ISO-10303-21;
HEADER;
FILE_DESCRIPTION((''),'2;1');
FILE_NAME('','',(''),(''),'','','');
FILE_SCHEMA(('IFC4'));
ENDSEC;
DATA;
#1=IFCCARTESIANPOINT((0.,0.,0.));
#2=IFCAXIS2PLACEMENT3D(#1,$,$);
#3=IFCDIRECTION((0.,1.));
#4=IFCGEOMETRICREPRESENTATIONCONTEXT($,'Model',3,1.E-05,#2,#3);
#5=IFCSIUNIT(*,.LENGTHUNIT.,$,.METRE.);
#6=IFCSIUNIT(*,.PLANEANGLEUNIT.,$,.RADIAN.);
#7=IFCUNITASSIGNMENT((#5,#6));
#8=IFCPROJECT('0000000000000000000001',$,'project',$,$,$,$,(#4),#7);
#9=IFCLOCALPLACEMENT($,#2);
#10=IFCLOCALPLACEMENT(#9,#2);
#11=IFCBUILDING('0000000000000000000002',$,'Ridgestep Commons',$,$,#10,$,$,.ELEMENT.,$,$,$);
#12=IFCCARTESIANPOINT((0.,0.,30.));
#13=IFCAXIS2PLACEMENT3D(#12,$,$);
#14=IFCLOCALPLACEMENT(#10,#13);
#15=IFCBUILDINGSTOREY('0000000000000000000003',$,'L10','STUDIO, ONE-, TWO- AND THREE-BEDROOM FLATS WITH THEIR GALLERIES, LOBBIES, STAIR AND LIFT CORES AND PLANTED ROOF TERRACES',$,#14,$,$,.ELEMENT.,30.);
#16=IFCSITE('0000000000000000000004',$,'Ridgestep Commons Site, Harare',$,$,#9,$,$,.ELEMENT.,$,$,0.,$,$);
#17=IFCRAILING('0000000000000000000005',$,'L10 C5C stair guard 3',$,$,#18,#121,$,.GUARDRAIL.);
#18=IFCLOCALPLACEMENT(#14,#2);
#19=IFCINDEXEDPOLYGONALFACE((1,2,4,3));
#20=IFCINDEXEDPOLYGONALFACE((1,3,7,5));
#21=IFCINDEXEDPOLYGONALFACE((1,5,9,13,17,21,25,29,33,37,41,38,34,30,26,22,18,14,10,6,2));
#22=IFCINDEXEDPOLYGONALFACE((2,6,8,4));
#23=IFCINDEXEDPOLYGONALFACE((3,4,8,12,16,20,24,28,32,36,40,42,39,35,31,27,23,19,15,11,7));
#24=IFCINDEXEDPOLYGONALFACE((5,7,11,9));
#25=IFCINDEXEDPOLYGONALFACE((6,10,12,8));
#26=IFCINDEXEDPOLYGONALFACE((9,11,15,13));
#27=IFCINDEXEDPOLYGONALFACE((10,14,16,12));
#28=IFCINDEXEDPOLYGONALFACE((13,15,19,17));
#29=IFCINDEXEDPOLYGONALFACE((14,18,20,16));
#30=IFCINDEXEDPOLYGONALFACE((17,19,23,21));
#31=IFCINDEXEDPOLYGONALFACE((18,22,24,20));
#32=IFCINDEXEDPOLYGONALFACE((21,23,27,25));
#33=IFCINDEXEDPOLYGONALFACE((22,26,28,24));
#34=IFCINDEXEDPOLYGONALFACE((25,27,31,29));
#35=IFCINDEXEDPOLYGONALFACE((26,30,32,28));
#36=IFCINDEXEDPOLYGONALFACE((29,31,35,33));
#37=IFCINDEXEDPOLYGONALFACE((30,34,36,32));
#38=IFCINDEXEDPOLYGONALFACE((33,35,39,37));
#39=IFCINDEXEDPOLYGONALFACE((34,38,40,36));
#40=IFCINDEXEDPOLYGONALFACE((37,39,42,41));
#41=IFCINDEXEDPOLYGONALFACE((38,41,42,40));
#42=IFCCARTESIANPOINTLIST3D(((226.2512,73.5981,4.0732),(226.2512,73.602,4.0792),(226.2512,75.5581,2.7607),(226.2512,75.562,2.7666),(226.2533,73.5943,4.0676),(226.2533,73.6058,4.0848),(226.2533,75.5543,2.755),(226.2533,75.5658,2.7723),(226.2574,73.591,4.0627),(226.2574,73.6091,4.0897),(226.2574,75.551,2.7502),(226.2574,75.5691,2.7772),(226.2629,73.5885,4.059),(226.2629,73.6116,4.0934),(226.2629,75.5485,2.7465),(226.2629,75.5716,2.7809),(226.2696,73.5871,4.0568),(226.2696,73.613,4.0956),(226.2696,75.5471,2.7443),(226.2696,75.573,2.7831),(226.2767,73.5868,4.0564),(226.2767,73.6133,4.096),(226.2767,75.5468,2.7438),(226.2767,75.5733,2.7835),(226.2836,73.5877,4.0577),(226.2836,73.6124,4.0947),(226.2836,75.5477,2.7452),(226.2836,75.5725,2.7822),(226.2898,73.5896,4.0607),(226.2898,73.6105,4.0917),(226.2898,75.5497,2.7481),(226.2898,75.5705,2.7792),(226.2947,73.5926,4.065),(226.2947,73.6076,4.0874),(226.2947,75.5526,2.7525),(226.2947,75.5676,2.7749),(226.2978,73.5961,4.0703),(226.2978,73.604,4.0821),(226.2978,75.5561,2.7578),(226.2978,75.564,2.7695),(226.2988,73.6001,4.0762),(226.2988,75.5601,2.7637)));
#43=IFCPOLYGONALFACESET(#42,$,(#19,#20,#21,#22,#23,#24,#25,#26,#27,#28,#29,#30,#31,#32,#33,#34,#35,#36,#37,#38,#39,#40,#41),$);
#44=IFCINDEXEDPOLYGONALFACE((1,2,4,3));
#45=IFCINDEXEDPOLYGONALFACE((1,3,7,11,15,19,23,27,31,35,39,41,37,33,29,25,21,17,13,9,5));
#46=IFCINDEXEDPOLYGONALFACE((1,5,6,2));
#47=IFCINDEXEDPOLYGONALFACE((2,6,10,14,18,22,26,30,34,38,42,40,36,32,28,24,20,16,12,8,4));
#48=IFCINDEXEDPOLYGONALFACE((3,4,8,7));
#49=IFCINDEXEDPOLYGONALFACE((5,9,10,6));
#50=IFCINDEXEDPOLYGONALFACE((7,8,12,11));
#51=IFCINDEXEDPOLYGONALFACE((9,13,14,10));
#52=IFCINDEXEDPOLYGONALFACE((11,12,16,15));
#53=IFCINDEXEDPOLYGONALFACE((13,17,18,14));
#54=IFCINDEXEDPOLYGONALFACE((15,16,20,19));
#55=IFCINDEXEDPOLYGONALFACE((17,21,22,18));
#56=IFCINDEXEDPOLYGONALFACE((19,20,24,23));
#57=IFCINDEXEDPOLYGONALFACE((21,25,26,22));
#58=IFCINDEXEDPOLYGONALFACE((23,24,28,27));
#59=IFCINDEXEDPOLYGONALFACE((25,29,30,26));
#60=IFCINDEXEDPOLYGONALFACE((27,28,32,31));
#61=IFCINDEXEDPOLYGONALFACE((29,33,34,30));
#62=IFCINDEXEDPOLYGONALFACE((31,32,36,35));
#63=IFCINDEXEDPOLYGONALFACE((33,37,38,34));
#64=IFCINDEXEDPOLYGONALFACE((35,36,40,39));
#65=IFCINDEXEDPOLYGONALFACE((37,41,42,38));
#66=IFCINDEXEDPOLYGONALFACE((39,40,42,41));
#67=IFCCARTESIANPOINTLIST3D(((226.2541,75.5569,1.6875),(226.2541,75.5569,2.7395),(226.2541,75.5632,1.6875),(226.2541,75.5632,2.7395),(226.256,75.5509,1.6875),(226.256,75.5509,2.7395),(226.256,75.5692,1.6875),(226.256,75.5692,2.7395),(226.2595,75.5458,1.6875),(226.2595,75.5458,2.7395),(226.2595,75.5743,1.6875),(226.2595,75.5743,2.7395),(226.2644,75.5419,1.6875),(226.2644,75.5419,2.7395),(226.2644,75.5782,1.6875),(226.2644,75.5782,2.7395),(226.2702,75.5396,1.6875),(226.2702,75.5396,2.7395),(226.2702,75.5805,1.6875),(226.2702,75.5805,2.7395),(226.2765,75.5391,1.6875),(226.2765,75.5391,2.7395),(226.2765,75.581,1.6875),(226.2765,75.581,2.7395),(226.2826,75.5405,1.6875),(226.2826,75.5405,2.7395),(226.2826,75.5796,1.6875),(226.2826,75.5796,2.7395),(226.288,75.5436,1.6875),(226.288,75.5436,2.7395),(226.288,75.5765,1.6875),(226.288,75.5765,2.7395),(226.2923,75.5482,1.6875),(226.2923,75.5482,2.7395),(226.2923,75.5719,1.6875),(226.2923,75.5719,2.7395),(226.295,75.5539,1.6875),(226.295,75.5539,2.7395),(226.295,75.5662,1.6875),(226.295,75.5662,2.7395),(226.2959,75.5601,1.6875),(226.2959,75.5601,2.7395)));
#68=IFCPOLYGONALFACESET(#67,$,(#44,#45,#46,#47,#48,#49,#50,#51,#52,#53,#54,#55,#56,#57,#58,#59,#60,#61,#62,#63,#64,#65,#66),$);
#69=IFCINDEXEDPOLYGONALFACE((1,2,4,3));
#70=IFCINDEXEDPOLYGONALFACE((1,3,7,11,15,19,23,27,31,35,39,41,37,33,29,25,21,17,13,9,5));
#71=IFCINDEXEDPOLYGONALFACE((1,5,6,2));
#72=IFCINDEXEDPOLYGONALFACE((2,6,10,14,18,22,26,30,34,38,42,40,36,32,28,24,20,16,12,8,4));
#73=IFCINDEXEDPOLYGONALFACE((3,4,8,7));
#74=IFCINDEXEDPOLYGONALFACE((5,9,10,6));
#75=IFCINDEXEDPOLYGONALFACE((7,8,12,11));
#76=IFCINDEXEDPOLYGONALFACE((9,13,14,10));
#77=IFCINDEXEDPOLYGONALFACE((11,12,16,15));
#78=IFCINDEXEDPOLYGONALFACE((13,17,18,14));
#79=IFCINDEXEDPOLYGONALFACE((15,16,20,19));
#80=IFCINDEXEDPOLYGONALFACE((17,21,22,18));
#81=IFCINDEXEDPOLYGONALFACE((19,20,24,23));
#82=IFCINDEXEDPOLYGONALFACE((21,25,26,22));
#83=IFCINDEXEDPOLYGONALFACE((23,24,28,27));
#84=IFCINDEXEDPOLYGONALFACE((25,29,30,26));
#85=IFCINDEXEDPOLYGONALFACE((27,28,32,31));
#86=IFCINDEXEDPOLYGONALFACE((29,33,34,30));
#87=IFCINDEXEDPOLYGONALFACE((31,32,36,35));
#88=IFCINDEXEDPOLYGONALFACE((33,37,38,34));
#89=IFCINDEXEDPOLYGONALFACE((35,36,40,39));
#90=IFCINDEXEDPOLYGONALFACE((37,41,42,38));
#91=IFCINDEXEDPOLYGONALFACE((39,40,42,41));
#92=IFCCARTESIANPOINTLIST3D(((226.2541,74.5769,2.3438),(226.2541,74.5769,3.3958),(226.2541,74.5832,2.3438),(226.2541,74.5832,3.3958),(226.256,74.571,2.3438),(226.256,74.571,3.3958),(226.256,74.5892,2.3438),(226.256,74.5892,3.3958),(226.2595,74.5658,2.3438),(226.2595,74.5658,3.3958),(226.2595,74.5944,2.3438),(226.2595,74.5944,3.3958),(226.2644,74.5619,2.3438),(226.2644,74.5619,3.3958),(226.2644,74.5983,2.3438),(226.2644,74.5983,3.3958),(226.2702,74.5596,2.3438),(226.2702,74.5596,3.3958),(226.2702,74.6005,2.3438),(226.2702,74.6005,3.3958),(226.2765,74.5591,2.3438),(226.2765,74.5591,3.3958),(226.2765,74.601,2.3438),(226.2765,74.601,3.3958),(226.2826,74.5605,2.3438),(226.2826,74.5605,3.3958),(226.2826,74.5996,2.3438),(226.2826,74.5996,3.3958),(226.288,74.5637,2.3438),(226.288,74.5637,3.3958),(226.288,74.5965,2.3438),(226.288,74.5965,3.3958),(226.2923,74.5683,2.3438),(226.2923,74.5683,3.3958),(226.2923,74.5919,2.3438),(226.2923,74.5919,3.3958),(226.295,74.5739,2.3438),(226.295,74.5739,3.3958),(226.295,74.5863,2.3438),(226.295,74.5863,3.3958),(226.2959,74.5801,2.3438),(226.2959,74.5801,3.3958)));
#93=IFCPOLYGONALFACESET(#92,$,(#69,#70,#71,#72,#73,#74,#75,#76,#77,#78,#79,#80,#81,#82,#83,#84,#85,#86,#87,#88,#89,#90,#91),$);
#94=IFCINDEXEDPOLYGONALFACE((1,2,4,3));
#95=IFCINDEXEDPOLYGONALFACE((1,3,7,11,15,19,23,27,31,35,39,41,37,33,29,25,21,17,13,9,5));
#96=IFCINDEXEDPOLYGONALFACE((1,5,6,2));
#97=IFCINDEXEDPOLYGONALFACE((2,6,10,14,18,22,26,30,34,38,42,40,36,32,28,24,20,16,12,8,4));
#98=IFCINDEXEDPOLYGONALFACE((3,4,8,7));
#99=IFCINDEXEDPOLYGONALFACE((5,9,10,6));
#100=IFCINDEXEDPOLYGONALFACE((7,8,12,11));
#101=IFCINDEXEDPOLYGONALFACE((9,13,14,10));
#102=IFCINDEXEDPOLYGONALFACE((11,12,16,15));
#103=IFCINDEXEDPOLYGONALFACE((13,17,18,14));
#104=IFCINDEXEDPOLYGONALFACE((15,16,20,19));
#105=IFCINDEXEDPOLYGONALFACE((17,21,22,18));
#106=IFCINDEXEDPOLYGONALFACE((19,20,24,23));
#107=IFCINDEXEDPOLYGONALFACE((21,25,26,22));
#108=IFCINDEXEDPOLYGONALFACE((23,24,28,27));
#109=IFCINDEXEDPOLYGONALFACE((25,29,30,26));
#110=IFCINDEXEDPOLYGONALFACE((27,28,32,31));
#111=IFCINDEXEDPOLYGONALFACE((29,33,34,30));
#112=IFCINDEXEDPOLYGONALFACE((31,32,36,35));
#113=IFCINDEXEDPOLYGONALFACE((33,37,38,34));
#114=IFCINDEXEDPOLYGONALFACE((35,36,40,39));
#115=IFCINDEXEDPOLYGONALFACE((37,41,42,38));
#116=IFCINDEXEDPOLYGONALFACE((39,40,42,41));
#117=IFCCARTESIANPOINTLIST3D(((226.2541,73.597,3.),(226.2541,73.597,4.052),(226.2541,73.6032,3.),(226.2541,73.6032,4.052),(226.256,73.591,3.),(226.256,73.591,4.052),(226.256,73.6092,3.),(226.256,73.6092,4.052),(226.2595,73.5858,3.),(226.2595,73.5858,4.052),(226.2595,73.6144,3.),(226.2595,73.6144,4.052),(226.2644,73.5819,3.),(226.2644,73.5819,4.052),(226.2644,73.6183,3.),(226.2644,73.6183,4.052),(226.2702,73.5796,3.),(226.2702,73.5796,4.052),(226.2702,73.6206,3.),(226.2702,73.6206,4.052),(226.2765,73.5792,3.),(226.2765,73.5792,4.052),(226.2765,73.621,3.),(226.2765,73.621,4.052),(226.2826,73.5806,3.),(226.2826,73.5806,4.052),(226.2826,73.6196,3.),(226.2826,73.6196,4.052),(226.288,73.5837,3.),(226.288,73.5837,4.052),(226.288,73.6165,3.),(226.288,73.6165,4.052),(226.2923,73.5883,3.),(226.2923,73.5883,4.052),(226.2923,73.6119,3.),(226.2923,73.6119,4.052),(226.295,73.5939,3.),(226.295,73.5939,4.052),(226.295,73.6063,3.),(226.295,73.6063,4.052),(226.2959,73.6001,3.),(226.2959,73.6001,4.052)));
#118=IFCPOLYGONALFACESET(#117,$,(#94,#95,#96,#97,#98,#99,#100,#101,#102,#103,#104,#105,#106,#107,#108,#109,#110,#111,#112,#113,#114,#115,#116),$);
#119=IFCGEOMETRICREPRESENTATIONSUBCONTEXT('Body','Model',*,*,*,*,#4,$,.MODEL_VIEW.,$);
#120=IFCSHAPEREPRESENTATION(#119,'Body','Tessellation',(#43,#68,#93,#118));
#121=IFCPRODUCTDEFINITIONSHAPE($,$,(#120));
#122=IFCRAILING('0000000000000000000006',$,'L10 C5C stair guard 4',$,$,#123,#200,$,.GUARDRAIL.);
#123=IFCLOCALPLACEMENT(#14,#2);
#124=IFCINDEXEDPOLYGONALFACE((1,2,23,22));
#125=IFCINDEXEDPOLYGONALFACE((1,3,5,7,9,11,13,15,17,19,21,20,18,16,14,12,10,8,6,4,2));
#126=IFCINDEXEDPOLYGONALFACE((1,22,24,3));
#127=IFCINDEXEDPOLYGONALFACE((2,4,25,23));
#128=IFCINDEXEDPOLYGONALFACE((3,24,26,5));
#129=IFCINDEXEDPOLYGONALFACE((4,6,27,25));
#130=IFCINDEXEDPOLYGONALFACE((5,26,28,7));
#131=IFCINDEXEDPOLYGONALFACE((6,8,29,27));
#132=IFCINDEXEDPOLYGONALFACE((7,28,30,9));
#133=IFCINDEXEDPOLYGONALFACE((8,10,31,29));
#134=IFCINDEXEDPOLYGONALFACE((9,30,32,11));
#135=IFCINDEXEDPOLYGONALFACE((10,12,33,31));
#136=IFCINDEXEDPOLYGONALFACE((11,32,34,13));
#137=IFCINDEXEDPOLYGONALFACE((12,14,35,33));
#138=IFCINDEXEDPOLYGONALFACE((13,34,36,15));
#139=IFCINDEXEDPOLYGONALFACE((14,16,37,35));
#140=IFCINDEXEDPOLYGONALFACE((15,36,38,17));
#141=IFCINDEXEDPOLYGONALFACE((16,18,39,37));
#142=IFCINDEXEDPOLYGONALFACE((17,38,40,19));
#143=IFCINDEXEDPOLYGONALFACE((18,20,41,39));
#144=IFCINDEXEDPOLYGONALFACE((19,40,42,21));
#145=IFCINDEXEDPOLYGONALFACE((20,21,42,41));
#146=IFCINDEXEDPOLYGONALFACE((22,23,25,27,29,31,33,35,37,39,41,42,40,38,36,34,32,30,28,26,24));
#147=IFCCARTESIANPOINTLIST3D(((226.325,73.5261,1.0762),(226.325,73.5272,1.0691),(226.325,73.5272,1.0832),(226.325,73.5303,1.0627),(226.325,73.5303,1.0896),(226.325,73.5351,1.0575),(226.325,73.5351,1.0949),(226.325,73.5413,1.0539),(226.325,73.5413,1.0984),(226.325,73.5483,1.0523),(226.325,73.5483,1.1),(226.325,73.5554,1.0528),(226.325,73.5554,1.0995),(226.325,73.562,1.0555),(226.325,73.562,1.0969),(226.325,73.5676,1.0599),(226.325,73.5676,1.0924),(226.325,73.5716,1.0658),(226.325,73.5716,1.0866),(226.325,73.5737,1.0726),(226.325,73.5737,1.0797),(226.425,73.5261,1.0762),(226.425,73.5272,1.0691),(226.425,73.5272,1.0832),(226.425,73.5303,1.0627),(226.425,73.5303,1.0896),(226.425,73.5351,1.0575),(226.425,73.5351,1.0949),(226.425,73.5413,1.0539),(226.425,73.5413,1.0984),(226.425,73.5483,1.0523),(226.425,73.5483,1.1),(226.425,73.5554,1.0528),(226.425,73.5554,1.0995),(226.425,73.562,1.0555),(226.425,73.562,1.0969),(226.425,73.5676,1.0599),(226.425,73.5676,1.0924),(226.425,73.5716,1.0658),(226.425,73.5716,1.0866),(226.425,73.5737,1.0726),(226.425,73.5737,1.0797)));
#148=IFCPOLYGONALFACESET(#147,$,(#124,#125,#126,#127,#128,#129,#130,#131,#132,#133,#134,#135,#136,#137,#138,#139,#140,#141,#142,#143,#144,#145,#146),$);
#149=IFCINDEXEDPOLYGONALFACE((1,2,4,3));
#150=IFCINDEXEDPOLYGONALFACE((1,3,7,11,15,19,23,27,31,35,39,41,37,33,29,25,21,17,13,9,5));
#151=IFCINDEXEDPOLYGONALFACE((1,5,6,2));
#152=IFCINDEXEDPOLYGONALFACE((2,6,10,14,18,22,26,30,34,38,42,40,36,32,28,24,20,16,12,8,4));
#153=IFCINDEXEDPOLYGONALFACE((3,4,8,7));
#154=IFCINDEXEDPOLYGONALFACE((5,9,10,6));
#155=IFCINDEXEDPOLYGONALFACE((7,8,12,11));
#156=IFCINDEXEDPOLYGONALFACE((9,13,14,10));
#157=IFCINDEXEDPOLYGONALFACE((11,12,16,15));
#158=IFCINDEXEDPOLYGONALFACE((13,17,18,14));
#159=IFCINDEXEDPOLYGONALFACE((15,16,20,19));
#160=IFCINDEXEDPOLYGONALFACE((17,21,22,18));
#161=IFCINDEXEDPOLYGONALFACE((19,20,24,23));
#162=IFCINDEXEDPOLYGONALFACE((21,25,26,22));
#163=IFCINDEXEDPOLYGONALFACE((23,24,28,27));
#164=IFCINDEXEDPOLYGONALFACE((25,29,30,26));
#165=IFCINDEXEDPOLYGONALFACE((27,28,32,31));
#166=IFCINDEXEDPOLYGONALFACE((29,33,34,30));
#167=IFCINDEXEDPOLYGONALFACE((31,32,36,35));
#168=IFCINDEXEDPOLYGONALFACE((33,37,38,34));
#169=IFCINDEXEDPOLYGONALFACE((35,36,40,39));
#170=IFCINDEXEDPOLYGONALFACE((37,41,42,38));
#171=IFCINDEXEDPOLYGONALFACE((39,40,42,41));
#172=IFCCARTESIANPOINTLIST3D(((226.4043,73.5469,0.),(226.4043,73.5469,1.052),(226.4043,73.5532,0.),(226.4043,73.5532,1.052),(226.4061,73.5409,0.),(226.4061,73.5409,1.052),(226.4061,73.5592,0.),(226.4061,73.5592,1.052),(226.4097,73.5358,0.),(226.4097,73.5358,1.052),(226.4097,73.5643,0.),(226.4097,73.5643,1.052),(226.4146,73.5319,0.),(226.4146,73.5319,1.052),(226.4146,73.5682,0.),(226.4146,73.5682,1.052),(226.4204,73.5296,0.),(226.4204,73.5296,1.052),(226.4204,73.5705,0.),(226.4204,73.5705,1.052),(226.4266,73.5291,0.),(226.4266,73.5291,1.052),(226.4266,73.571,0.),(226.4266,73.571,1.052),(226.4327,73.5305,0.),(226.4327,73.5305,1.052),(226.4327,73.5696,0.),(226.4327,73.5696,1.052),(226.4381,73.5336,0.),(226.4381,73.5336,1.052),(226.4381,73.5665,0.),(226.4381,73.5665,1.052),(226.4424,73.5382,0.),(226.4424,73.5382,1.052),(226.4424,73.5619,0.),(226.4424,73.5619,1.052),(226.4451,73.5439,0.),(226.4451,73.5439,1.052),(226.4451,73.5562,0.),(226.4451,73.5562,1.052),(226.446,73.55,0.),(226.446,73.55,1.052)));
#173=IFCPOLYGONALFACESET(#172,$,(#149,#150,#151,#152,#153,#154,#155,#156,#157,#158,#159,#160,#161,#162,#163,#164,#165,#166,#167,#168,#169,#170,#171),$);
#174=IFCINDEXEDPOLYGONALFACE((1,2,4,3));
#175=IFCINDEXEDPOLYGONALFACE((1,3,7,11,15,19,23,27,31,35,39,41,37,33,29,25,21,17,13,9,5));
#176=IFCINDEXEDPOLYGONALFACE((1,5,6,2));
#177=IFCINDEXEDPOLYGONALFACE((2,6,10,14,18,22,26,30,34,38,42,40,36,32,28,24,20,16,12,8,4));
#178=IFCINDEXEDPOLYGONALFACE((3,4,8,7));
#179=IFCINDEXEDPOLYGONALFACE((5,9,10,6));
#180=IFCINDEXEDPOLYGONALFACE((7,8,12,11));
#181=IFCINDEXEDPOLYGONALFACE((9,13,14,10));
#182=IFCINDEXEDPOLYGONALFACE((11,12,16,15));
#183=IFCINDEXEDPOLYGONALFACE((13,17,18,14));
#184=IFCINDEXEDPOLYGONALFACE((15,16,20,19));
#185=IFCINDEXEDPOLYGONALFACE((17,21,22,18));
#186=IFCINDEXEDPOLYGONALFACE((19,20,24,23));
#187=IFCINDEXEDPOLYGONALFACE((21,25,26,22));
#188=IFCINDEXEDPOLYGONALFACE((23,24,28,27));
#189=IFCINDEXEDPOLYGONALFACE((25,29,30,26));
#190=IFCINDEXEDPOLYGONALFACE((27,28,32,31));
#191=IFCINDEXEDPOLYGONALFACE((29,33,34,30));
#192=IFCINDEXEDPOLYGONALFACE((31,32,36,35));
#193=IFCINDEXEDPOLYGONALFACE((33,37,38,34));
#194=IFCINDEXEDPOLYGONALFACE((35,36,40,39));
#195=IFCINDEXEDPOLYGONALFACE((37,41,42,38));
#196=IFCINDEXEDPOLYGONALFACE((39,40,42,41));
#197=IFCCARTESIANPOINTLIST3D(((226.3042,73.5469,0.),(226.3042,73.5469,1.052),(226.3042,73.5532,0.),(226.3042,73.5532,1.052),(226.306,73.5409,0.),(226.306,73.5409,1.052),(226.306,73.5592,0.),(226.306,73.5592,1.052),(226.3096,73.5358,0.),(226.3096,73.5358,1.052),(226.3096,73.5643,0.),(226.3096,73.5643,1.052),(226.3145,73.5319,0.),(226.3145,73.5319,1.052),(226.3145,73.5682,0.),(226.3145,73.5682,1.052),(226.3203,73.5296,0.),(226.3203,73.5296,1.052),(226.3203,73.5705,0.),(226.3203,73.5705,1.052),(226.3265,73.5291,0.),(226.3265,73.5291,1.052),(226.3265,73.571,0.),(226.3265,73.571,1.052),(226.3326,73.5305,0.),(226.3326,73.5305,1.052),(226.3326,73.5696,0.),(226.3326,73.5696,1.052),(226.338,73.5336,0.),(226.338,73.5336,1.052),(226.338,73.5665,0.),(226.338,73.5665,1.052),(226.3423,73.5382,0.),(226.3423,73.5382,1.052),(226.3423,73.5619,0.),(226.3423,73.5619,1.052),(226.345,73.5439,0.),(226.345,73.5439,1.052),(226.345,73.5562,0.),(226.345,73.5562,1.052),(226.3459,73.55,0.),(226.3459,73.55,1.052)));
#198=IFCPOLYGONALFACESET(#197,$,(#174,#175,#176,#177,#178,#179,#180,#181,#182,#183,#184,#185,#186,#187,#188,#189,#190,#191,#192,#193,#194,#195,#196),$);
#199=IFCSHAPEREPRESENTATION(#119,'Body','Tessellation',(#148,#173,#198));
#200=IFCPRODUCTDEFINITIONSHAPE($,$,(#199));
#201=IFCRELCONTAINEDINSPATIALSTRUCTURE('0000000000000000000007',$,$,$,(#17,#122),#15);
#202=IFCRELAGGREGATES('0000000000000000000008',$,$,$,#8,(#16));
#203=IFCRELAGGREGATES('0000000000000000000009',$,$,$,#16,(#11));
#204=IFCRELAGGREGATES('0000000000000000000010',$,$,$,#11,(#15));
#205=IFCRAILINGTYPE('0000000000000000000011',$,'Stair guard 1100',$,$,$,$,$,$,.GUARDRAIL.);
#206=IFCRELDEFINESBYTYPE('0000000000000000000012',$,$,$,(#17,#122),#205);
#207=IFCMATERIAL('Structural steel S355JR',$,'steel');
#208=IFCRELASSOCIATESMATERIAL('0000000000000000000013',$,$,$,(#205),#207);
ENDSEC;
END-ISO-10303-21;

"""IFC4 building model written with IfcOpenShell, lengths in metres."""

from ifc_helpers import new_model, si_unit, direction, frame, origin, origin_2d, place, context, subcontext, project, spatial, circle, extrude, material, type_object, element, save


model = new_model("IFC4")

# Units and contexts
model_context = context("Model", 3, precision=1e-05, world=origin(), true_north=direction((0.0, 1.0)))
body_context = subcontext(model_context, "Body", "Model", "MODEL_VIEW")
ifc_project = project(units=[si_unit("LENGTHUNIT", "METRE"), si_unit("PLANEANGLEUNIT", "RADIAN")], contexts=[model_context])

# Site, building, storey
site_placement = place(None, origin())
site = spatial("IfcSite", under=ifc_project, at=site_placement, Name="Ridgestep Commons Site, Harare", CompositionType="ELEMENT", RefElevation=0.0)
building_placement = place(site_placement, origin())
building = spatial("IfcBuilding", under=site, at=building_placement, Name="Ridgestep Commons", CompositionType="ELEMENT")
storey_placement = place(building_placement, frame((0.0, 0.0, 30.0)))
storey = spatial("IfcBuildingStorey", under=building, at=storey_placement, Name="L10", Description="STUDIO, ONE-, TWO- AND THREE-BEDROOM FLATS WITH THEIR GALLERIES, LOBBIES, STAIR AND LIFT CORES AND PLANTED ROOF TERRACES", CompositionType="ELEMENT", Elevation=30.0)

# Railings
ifc_material_1 = material(Name="Structural steel S355JR", Category="steel")
railing_type_1 = type_object("IfcRailingType", Name="Stair guard 1100", PredefinedType="GUARDRAIL", material=ifc_material_1)
railing_1_placement = place(storey_placement, frame((226.2749, 75.5601, 1.6875)))
element("IfcRailing", 1, at=railing_1_placement, inside=storey, type_object=railing_type_1, Name="L10 C5C stair guard 3", PredefinedType="GUARDRAIL", context=body_context, shape_type="SweptSolid", body=[
    extrude(circle(Radius=0.0239, at=origin_2d()), frame((0.0, 0.0, 1.0762), z_axis=(0.0, -0.830902, 0.556419), x_axis=(1.0, 0.0, 0.0)), (0.0, 0.0, 1.0), 2.3589),
    extrude(circle(Radius=0.021, at=origin_2d()), origin(), (0.0, 0.0, 1.0), 1.052),
    extrude(circle(Radius=0.021, at=origin_2d()), frame((0.0, -0.98, 0.6562)), (0.0, 0.0, 1.0), 1.052),
    extrude(circle(Radius=0.021, at=origin_2d()), frame((0.0, -1.96, 1.3125)), (0.0, 0.0, 1.0), 1.052),
])
railing_2_placement = place(storey_placement, frame((226.425, 73.55, 0.0)))
element("IfcRailing", 2, at=railing_2_placement, inside=storey, type_object=railing_type_1, Name="L10 C5C stair guard 4", PredefinedType="GUARDRAIL", context=body_context, shape_type="SweptSolid", body=[
    extrude(circle(Radius=0.0239, at=origin_2d()), frame((0.0, 0.0, 1.0762), z_axis=(-1.0, 0.0, 0.0), x_axis=(0.0, -1.0, 0.0)), (0.0, 0.0, 1.0), 0.1001),
    extrude(circle(Radius=0.021, at=origin_2d()), origin(), (0.0, 0.0, 1.0), 1.052),
    extrude(circle(Radius=0.021, at=origin_2d()), frame((-0.1001, 0.0, 0.0)), (0.0, 0.0, 1.0), 1.052),
])

save(model, "model.ifc")
